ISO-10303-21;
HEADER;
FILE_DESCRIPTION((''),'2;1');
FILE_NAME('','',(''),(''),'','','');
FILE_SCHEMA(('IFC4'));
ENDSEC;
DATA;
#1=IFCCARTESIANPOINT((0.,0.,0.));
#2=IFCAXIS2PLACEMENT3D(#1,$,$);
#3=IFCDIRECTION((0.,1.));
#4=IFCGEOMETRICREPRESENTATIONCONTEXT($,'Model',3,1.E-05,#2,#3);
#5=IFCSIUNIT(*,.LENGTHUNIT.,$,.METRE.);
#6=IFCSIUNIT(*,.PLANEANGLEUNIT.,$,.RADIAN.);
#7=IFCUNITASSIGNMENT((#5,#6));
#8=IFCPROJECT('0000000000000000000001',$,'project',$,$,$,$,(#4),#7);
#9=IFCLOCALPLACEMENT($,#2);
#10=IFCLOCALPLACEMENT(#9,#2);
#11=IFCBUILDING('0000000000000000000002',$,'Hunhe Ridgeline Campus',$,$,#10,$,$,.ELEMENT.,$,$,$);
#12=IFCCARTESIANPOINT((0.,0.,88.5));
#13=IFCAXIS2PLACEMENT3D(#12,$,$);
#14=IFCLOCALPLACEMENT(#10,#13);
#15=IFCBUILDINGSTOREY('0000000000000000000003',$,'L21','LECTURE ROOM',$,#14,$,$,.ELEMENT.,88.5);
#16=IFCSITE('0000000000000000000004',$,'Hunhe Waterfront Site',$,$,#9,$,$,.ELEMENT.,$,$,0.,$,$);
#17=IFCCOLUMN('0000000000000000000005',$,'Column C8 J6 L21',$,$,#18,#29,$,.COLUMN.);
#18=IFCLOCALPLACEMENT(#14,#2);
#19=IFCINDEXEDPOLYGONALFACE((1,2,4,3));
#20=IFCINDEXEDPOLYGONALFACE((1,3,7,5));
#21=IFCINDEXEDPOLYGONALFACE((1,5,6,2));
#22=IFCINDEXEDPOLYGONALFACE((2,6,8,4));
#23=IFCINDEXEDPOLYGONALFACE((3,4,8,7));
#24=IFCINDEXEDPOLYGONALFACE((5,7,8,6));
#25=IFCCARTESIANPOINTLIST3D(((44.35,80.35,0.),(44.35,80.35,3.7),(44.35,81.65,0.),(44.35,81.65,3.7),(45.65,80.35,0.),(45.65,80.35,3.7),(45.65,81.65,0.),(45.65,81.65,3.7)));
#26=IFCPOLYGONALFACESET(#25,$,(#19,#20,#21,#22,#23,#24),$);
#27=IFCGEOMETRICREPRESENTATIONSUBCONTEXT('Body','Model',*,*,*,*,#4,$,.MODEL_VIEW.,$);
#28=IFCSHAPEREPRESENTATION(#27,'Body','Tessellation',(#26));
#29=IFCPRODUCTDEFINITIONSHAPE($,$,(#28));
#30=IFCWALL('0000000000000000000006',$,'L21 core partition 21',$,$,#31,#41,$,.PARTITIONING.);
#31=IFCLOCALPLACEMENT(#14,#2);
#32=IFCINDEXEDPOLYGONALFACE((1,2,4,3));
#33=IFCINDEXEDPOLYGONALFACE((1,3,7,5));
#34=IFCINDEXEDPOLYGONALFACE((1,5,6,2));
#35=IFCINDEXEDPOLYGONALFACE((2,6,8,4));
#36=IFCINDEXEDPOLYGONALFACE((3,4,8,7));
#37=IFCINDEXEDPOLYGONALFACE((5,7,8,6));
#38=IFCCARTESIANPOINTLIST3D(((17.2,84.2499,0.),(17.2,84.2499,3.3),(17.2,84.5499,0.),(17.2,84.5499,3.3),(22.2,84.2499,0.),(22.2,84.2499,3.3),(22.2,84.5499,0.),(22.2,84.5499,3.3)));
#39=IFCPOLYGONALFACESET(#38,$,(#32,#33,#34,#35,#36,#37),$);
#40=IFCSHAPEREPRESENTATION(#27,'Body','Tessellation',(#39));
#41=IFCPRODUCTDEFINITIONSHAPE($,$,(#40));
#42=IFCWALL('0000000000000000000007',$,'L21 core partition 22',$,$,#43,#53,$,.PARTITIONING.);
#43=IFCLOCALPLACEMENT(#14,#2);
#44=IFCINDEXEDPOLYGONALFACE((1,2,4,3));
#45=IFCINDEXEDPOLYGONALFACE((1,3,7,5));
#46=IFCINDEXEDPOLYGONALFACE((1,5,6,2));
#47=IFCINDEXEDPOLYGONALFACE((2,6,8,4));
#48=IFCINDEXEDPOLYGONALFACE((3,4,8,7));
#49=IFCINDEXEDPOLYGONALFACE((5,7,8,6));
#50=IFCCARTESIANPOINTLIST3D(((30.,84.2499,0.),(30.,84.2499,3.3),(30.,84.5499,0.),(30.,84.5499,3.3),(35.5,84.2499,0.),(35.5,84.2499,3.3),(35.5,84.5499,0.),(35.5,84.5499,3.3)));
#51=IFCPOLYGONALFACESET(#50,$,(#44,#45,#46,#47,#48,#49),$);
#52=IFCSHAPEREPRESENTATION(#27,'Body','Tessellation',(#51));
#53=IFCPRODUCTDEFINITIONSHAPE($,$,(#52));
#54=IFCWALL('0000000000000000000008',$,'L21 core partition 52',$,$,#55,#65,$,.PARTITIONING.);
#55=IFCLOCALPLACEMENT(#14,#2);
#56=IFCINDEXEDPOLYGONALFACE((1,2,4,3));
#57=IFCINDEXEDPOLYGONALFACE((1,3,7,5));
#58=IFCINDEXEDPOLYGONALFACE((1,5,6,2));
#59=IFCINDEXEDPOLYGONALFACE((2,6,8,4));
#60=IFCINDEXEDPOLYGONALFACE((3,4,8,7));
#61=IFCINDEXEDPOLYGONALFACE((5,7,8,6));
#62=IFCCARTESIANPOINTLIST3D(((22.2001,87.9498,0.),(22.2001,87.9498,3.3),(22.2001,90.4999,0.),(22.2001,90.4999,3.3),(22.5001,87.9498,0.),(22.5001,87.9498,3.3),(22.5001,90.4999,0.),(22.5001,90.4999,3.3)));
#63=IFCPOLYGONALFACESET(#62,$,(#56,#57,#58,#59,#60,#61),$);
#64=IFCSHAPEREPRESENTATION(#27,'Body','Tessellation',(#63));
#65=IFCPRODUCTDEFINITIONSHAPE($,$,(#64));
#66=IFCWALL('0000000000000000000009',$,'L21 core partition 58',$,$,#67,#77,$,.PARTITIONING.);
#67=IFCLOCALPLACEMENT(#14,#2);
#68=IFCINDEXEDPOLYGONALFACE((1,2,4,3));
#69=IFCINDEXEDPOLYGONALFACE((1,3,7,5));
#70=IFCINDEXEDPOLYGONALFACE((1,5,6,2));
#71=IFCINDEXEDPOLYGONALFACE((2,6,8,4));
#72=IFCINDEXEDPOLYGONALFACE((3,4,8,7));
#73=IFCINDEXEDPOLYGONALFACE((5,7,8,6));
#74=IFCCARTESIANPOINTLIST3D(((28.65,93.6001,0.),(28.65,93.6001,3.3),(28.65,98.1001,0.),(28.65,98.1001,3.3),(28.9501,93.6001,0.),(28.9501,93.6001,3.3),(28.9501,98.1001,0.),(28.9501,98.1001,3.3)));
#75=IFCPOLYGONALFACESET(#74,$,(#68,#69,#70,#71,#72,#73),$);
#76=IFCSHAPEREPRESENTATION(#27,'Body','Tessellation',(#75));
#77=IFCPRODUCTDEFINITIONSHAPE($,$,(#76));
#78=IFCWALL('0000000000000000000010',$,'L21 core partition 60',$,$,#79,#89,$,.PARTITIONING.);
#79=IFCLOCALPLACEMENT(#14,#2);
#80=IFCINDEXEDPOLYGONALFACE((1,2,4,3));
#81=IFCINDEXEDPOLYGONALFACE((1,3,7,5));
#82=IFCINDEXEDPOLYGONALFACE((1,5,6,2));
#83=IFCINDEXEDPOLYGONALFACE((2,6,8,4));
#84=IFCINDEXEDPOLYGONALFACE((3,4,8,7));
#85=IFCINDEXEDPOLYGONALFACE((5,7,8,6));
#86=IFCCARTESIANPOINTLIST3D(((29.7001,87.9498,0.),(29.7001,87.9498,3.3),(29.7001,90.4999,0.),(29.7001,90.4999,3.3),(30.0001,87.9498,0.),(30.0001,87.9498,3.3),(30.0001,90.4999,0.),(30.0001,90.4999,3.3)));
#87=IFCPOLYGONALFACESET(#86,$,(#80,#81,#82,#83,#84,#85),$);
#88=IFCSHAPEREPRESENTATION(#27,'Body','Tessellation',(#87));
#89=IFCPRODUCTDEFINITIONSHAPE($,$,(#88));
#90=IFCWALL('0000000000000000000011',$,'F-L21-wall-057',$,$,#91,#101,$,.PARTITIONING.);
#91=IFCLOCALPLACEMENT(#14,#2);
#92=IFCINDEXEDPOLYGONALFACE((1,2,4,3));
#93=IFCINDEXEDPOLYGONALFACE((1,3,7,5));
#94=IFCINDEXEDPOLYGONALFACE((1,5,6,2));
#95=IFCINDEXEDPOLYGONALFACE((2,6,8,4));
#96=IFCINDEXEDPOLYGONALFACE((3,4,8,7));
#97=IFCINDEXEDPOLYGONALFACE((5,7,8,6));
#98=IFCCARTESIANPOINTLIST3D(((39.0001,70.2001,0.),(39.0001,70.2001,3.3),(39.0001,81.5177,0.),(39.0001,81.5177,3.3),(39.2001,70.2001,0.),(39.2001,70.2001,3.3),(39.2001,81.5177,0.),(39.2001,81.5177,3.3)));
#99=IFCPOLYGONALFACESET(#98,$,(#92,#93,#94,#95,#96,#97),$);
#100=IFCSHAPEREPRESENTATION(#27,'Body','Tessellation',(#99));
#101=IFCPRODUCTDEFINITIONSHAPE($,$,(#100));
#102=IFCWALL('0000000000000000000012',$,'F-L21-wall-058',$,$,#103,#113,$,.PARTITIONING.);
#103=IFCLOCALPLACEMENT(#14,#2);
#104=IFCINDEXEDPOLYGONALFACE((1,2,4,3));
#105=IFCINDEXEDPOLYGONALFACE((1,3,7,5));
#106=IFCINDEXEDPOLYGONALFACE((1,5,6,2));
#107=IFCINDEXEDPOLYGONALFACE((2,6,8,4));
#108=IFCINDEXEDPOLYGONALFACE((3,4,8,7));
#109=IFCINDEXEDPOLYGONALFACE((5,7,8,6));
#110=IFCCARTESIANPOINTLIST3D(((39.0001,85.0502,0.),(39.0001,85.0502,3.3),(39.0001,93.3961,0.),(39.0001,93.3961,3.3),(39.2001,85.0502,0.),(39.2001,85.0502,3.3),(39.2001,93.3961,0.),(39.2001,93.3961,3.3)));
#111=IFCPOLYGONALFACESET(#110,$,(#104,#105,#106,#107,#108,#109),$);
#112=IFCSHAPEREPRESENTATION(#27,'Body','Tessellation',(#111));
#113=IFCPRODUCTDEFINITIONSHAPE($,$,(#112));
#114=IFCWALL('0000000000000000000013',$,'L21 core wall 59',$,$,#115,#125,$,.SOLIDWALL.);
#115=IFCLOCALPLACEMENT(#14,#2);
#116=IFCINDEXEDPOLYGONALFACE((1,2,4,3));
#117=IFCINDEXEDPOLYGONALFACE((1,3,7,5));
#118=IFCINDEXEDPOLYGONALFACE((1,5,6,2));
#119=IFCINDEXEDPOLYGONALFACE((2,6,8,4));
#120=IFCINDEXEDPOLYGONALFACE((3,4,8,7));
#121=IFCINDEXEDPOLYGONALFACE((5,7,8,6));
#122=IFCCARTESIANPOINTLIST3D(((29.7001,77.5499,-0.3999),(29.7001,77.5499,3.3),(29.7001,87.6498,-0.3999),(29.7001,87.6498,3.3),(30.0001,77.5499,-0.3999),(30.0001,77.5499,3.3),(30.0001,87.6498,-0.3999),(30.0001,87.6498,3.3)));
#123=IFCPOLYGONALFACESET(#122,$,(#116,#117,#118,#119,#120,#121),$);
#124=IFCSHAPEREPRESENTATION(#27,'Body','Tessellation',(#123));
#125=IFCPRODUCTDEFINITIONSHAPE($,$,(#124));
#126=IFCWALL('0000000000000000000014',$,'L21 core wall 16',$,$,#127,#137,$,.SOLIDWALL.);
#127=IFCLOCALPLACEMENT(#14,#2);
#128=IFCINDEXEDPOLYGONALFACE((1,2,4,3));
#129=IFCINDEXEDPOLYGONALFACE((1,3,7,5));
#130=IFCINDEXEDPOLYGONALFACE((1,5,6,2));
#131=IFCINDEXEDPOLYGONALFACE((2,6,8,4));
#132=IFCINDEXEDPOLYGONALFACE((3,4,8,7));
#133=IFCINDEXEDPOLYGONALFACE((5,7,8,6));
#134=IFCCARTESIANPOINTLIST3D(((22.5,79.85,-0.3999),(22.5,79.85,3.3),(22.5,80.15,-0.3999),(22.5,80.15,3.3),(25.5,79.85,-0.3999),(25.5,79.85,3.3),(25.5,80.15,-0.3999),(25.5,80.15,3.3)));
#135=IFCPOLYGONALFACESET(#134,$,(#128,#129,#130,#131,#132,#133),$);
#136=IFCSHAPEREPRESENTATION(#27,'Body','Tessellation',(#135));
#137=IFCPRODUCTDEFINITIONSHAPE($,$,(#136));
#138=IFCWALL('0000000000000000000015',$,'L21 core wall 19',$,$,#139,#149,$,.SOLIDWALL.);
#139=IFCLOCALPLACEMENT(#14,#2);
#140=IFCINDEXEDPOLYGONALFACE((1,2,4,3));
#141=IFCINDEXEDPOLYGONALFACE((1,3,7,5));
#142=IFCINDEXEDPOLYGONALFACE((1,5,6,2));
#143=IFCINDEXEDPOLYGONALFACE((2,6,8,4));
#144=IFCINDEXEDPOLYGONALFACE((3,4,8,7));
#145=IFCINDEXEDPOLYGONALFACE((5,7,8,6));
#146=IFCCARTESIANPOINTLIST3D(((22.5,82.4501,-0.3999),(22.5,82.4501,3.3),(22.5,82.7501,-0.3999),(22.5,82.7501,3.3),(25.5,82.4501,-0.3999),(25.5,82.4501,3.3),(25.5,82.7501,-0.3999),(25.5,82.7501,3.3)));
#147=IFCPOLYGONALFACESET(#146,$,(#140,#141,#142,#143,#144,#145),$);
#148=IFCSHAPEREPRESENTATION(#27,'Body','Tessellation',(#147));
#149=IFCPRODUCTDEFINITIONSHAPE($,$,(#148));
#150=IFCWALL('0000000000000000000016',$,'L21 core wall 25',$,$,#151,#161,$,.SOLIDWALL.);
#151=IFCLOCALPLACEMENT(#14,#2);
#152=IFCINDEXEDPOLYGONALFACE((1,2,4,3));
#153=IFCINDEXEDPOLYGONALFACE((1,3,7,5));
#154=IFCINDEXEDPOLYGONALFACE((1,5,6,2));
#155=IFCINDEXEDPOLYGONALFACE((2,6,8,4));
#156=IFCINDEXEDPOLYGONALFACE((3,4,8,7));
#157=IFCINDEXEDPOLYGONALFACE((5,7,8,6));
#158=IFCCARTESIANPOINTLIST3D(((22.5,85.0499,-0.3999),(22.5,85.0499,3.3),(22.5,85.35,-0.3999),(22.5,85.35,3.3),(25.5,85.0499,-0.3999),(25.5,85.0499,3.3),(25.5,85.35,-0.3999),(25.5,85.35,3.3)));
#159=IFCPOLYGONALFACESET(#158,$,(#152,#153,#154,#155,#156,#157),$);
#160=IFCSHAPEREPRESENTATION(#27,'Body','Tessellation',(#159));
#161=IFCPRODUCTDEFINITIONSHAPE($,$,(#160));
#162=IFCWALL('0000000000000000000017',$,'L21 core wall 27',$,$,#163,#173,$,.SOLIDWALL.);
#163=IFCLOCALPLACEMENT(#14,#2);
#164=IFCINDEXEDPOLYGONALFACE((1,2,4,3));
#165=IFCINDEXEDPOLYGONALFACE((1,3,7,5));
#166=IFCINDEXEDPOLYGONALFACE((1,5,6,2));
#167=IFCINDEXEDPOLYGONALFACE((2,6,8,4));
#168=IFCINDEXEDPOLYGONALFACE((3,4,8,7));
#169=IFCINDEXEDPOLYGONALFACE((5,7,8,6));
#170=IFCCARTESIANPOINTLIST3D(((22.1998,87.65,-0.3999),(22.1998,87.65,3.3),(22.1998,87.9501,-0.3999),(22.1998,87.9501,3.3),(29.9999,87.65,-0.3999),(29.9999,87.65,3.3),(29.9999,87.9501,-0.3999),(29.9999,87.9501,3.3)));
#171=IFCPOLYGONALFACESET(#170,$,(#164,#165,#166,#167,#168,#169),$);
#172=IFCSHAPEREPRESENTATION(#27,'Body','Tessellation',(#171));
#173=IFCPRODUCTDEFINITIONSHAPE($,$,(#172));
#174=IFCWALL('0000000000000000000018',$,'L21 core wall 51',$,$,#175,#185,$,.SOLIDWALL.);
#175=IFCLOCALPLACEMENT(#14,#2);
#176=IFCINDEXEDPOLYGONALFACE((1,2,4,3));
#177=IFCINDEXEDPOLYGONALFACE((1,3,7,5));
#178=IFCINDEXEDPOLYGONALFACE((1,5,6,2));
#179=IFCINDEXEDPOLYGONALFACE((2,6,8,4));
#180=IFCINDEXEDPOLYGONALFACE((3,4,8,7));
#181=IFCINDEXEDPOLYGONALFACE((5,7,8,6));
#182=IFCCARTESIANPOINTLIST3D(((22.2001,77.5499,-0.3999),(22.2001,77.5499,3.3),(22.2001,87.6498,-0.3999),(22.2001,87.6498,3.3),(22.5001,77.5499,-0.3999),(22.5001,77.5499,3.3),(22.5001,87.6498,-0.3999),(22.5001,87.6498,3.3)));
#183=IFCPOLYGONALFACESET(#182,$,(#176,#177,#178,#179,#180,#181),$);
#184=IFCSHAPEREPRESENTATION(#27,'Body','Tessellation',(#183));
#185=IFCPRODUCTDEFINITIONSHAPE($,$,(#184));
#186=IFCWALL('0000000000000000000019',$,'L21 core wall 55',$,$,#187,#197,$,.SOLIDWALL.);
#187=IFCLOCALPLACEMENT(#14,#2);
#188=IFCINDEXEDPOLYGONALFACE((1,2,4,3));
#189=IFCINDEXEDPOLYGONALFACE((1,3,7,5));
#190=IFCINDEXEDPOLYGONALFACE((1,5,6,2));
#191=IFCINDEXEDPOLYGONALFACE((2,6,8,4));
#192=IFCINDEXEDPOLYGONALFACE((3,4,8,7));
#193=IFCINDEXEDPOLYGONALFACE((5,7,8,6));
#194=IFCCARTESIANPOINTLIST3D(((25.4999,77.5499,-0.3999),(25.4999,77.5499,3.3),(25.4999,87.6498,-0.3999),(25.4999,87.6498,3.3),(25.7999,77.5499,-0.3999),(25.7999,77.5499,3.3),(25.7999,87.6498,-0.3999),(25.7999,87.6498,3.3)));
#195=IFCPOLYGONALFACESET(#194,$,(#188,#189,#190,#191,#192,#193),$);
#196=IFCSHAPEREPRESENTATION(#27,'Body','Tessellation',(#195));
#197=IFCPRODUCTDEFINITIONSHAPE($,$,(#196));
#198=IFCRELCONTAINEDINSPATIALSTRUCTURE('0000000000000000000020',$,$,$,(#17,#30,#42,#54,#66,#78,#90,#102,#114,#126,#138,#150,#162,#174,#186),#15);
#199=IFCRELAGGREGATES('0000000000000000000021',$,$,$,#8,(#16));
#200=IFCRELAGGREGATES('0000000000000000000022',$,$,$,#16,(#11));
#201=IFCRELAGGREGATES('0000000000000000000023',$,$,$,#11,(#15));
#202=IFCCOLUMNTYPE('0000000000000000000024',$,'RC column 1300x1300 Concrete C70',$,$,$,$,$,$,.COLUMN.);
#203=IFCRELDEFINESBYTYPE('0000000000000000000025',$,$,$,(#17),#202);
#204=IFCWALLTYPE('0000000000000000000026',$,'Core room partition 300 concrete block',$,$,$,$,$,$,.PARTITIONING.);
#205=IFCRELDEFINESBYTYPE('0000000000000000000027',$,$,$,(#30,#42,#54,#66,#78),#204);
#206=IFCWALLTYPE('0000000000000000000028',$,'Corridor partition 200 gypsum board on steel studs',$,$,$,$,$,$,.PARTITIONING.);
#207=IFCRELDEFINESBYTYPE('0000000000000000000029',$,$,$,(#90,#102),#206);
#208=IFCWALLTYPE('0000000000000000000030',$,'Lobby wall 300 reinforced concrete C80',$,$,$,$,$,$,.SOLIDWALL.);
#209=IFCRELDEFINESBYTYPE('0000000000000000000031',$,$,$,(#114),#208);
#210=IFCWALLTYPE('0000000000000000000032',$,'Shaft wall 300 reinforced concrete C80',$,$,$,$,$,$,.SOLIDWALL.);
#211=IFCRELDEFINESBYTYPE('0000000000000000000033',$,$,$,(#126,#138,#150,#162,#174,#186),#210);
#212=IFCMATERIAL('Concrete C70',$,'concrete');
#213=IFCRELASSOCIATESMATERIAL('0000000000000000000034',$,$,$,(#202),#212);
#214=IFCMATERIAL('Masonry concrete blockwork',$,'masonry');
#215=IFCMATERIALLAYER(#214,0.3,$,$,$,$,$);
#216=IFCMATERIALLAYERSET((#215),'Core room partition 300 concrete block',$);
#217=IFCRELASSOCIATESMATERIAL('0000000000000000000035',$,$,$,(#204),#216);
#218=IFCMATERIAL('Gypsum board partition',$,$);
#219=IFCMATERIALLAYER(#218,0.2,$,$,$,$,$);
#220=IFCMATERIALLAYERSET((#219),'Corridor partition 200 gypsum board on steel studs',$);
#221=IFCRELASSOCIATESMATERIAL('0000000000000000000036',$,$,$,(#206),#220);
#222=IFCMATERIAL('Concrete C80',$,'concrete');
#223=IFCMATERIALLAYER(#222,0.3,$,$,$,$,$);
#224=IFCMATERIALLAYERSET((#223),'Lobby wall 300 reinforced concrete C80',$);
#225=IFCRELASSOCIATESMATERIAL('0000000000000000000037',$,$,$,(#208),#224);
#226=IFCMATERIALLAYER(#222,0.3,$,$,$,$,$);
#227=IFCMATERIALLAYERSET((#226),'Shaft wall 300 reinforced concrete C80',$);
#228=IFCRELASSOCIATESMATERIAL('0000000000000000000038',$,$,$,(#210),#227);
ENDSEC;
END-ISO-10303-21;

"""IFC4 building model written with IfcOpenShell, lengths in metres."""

from ifc_helpers import new_model, si_unit, direction, frame, frame_2d, origin, origin_2d, place, context, subcontext, project, spatial, rectangle, extrude, material, layer, layer_set, material_profile, profile_set, type_object, element, save


model = new_model("IFC4")

# Units and contexts
model_context = context("Model", 3, precision=1e-05, world=origin(), true_north=direction((0.0, 1.0)))
body_context = subcontext(model_context, "Body", "Model", "MODEL_VIEW")
ifc_project = project(units=[si_unit("LENGTHUNIT", "METRE"), si_unit("PLANEANGLEUNIT", "RADIAN")], contexts=[model_context])

# Site, building, storey
site_placement = place(None, origin())
site = spatial("IfcSite", under=ifc_project, at=site_placement, Name="Hunhe Waterfront Site", CompositionType="ELEMENT", RefElevation=0.0)
building_placement = place(site_placement, origin())
building = spatial("IfcBuilding", under=site, at=building_placement, Name="Hunhe Ridgeline Campus", CompositionType="ELEMENT")
storey_placement = place(building_placement, frame((0.0, 0.0, 88.5)))
storey = spatial("IfcBuildingStorey", under=building, at=storey_placement, Name="L21", Description="LECTURE ROOM", CompositionType="ELEMENT", Elevation=88.5)

# Column
ifc_material_1 = material(Name="Concrete C70", Category="concrete")
ifc_material_profile = material_profile(ifc_material_1, rectangle(XDim=1.3, YDim=1.3, at=origin_2d()))
ifc_profile_set = profile_set([ifc_material_profile], Name="Concrete C70")
column_type = type_object("IfcColumnType", Name="RC column 1300x1300 Concrete C70", PredefinedType="COLUMN", material=ifc_profile_set)
column_placement = place(storey_placement, frame((45.0, 81.0, 0.0), z_axis=(0.0, 0.0, 1.0), x_axis=(1.0, 0.0, 0.0)))
element("IfcColumn", 1, at=column_placement, inside=storey, type_object=column_type, Name="Column C8 J6 L21", PredefinedType="COLUMN", context=body_context, shape_type="SweptSolid", body=[
    extrude(rectangle(XDim=1.3, YDim=1.3, at=origin_2d()), origin(), (0.0, 0.0, 1.0), 3.7),
])

# Shared definitions
ifc_material_2 = material(Name="Masonry concrete blockwork", Category="masonry")
ifc_layer_1 = layer(ifc_material_2, 0.3)
ifc_layer_set_1 = layer_set([ifc_layer_1], Name="Core room partition 300 concrete block")
wall_type_1 = type_object("IfcWallType", Name="Core room partition 300 concrete block", PredefinedType="PARTITIONING", material=ifc_layer_set_1)

# Walls
wall_1_placement = place(storey_placement, frame((17.2, 84.3999, 0.0), z_axis=(0.0, 0.0, 1.0), x_axis=(1.0, 0.0, 0.0)))
element("IfcWall", 2, at=wall_1_placement, inside=storey, type_object=wall_type_1, Name="L21 core partition 21", PredefinedType="PARTITIONING", context=body_context, shape_type="SweptSolid", body=[
    extrude(rectangle(XDim=5.0, YDim=0.3, at=frame_2d((2.5, 0.0))), origin(), (0.0, 0.0, 1.0), 3.3),
])
wall_2_placement = place(storey_placement, frame((30.0, 84.3999, 0.0), z_axis=(0.0, 0.0, 1.0), x_axis=(1.0, 0.0, 0.0)))
element("IfcWall", 3, at=wall_2_placement, inside=storey, type_object=wall_type_1, Name="L21 core partition 22", PredefinedType="PARTITIONING", context=body_context, shape_type="SweptSolid", body=[
    extrude(rectangle(XDim=5.5, YDim=0.3, at=frame_2d((2.75, 0.0))), origin(), (0.0, 0.0, 1.0), 3.3),
])
wall_3_placement = place(storey_placement, frame((22.3501, 87.95, 0.0), z_axis=(0.0, 0.0, 1.0), x_axis=(0.0, 1.0, 0.0)))
element("IfcWall", 4, at=wall_3_placement, inside=storey, type_object=wall_type_1, Name="L21 core partition 52", PredefinedType="PARTITIONING", context=body_context, shape_type="SweptSolid", body=[
    extrude(rectangle(XDim=2.55, YDim=0.3, at=frame_2d((1.2749, 0.0))), origin(), (0.0, 0.0, 1.0), 3.3),
])
wall_4_placement = place(storey_placement, frame((28.8, 93.6001, 0.0), z_axis=(0.0, 0.0, 1.0), x_axis=(0.0, 1.0, 0.0)))
element("IfcWall", 5, at=wall_4_placement, inside=storey, type_object=wall_type_1, Name="L21 core partition 58", PredefinedType="PARTITIONING", context=body_context, shape_type="SweptSolid", body=[
    extrude(rectangle(XDim=4.5, YDim=0.3, at=frame_2d((2.25, 0.0))), origin(), (0.0, 0.0, 1.0), 3.3),
])
wall_5_placement = place(storey_placement, frame((29.8501, 87.95, 0.0), z_axis=(0.0, 0.0, 1.0), x_axis=(0.0, 1.0, 0.0)))
element("IfcWall", 6, at=wall_5_placement, inside=storey, type_object=wall_type_1, Name="L21 core partition 60", PredefinedType="PARTITIONING", context=body_context, shape_type="SweptSolid", body=[
    extrude(rectangle(XDim=2.55, YDim=0.3, at=frame_2d((1.2749, 0.0))), origin(), (0.0, 0.0, 1.0), 3.3),
])

# Shared definitions
ifc_material_3 = material(Name="Gypsum board partition")
ifc_layer_2 = layer(ifc_material_3, 0.2)
ifc_layer_set_2 = layer_set([ifc_layer_2], Name="Corridor partition 200 gypsum board on steel studs")
wall_type_2 = type_object("IfcWallType", Name="Corridor partition 200 gypsum board on steel studs", PredefinedType="PARTITIONING", material=ifc_layer_set_2)

# Walls
wall_6_placement = place(storey_placement, frame((39.1001, 81.5176, 0.0), z_axis=(0.0, 0.0, 1.0), x_axis=(0.0, -1.0, 0.0)))
element("IfcWall", 7, at=wall_6_placement, inside=storey, type_object=wall_type_2, Name="F-L21-wall-057", PredefinedType="PARTITIONING", context=body_context, shape_type="SweptSolid", body=[
    extrude(rectangle(XDim=11.3176, YDim=0.2, at=frame_2d((5.6587, 0.0))), origin(), (0.0, 0.0, 1.0), 3.3),
])
wall_7_placement = place(storey_placement, frame((39.1001, 93.396, 0.0), z_axis=(0.0, 0.0, 1.0), x_axis=(0.0, -1.0, 0.0)))
element("IfcWall", 8, at=wall_7_placement, inside=storey, type_object=wall_type_2, Name="F-L21-wall-058", PredefinedType="PARTITIONING", context=body_context, shape_type="SweptSolid", body=[
    extrude(rectangle(XDim=8.3459, YDim=0.2, at=frame_2d((4.1729, 0.0))), origin(), (0.0, 0.0, 1.0), 3.3),
])
ifc_material_4 = material(Name="Concrete C80", Category="concrete")
ifc_layer_3 = layer(ifc_material_4, 0.3)
ifc_layer_set_3 = layer_set([ifc_layer_3], Name="Lobby wall 300 reinforced concrete C80")
wall_type_3 = type_object("IfcWallType", Name="Lobby wall 300 reinforced concrete C80", PredefinedType="SOLIDWALL", material=ifc_layer_set_3)
wall_8_placement = place(storey_placement, frame((29.8501, 77.55, -0.3999), z_axis=(0.0, 0.0, 1.0), x_axis=(0.0, 1.0, 0.0)))
element("IfcWall", 9, at=wall_8_placement, inside=storey, type_object=wall_type_3, Name="L21 core wall 59", PredefinedType="SOLIDWALL", context=body_context, shape_type="SweptSolid", body=[
    extrude(rectangle(XDim=10.0999, YDim=0.3, at=frame_2d((5.0498, 0.0))), origin(), (0.0, 0.0, 1.0), 3.7),
])
ifc_layer_4 = layer(ifc_material_4, 0.3)
ifc_layer_set_4 = layer_set([ifc_layer_4], Name="Shaft wall 300 reinforced concrete C80")
wall_type_4 = type_object("IfcWallType", Name="Shaft wall 300 reinforced concrete C80", PredefinedType="SOLIDWALL", material=ifc_layer_set_4)
for number, where, z_axis, x_axis, name in (
    (10, (22.5, 80.0, -0.3999), (0.0, 0.0, 1.0), (1.0, 0.0, 0.0), "L21 core wall 16"),
    (11, (22.5, 82.6001, -0.3999), (0.0, 0.0, 1.0), (1.0, 0.0, 0.0), "L21 core wall 19"),
    (12, (22.5, 85.2, -0.3999), (0.0, 0.0, 1.0), (1.0, 0.0, 0.0), "L21 core wall 25"),
):
    element("IfcWall", number, at=place(storey_placement, frame(where, z_axis=z_axis, x_axis=x_axis)), inside=storey, type_object=wall_type_4, Name=name, PredefinedType="SOLIDWALL", context=body_context, shape_type="SweptSolid", body=[
        extrude(rectangle(XDim=3.0, YDim=0.3, at=frame_2d((1.5, 0.0))), origin(), (0.0, 0.0, 1.0), 3.7),
    ])
wall_9_placement = place(storey_placement, frame((22.2, 87.8, -0.3999), z_axis=(0.0, 0.0, 1.0), x_axis=(1.0, 0.0, 0.0)))
element("IfcWall", 13, at=wall_9_placement, inside=storey, type_object=wall_type_4, Name="L21 core wall 27", PredefinedType="SOLIDWALL", context=body_context, shape_type="SweptSolid", body=[
    extrude(rectangle(XDim=7.8, YDim=0.3, at=frame_2d((3.8999, 0.0))), origin(), (0.0, 0.0, 1.0), 3.7),
])
for number, where, z_axis, x_axis, name in (
    (14, (22.3501, 77.55, -0.3999), (0.0, 0.0, 1.0), (0.0, 1.0, 0.0), "L21 core wall 51"),
    (15, (25.6499, 77.55, -0.3999), (0.0, 0.0, 1.0), (0.0, 1.0, 0.0), "L21 core wall 55"),
):
    element("IfcWall", number, at=place(storey_placement, frame(where, z_axis=z_axis, x_axis=x_axis)), inside=storey, type_object=wall_type_4, Name=name, PredefinedType="SOLIDWALL", context=body_context, shape_type="SweptSolid", body=[
        extrude(rectangle(XDim=10.0999, YDim=0.3, at=frame_2d((5.0498, 0.0))), origin(), (0.0, 0.0, 1.0), 3.7),
    ])

save(model, "model.ifc")
